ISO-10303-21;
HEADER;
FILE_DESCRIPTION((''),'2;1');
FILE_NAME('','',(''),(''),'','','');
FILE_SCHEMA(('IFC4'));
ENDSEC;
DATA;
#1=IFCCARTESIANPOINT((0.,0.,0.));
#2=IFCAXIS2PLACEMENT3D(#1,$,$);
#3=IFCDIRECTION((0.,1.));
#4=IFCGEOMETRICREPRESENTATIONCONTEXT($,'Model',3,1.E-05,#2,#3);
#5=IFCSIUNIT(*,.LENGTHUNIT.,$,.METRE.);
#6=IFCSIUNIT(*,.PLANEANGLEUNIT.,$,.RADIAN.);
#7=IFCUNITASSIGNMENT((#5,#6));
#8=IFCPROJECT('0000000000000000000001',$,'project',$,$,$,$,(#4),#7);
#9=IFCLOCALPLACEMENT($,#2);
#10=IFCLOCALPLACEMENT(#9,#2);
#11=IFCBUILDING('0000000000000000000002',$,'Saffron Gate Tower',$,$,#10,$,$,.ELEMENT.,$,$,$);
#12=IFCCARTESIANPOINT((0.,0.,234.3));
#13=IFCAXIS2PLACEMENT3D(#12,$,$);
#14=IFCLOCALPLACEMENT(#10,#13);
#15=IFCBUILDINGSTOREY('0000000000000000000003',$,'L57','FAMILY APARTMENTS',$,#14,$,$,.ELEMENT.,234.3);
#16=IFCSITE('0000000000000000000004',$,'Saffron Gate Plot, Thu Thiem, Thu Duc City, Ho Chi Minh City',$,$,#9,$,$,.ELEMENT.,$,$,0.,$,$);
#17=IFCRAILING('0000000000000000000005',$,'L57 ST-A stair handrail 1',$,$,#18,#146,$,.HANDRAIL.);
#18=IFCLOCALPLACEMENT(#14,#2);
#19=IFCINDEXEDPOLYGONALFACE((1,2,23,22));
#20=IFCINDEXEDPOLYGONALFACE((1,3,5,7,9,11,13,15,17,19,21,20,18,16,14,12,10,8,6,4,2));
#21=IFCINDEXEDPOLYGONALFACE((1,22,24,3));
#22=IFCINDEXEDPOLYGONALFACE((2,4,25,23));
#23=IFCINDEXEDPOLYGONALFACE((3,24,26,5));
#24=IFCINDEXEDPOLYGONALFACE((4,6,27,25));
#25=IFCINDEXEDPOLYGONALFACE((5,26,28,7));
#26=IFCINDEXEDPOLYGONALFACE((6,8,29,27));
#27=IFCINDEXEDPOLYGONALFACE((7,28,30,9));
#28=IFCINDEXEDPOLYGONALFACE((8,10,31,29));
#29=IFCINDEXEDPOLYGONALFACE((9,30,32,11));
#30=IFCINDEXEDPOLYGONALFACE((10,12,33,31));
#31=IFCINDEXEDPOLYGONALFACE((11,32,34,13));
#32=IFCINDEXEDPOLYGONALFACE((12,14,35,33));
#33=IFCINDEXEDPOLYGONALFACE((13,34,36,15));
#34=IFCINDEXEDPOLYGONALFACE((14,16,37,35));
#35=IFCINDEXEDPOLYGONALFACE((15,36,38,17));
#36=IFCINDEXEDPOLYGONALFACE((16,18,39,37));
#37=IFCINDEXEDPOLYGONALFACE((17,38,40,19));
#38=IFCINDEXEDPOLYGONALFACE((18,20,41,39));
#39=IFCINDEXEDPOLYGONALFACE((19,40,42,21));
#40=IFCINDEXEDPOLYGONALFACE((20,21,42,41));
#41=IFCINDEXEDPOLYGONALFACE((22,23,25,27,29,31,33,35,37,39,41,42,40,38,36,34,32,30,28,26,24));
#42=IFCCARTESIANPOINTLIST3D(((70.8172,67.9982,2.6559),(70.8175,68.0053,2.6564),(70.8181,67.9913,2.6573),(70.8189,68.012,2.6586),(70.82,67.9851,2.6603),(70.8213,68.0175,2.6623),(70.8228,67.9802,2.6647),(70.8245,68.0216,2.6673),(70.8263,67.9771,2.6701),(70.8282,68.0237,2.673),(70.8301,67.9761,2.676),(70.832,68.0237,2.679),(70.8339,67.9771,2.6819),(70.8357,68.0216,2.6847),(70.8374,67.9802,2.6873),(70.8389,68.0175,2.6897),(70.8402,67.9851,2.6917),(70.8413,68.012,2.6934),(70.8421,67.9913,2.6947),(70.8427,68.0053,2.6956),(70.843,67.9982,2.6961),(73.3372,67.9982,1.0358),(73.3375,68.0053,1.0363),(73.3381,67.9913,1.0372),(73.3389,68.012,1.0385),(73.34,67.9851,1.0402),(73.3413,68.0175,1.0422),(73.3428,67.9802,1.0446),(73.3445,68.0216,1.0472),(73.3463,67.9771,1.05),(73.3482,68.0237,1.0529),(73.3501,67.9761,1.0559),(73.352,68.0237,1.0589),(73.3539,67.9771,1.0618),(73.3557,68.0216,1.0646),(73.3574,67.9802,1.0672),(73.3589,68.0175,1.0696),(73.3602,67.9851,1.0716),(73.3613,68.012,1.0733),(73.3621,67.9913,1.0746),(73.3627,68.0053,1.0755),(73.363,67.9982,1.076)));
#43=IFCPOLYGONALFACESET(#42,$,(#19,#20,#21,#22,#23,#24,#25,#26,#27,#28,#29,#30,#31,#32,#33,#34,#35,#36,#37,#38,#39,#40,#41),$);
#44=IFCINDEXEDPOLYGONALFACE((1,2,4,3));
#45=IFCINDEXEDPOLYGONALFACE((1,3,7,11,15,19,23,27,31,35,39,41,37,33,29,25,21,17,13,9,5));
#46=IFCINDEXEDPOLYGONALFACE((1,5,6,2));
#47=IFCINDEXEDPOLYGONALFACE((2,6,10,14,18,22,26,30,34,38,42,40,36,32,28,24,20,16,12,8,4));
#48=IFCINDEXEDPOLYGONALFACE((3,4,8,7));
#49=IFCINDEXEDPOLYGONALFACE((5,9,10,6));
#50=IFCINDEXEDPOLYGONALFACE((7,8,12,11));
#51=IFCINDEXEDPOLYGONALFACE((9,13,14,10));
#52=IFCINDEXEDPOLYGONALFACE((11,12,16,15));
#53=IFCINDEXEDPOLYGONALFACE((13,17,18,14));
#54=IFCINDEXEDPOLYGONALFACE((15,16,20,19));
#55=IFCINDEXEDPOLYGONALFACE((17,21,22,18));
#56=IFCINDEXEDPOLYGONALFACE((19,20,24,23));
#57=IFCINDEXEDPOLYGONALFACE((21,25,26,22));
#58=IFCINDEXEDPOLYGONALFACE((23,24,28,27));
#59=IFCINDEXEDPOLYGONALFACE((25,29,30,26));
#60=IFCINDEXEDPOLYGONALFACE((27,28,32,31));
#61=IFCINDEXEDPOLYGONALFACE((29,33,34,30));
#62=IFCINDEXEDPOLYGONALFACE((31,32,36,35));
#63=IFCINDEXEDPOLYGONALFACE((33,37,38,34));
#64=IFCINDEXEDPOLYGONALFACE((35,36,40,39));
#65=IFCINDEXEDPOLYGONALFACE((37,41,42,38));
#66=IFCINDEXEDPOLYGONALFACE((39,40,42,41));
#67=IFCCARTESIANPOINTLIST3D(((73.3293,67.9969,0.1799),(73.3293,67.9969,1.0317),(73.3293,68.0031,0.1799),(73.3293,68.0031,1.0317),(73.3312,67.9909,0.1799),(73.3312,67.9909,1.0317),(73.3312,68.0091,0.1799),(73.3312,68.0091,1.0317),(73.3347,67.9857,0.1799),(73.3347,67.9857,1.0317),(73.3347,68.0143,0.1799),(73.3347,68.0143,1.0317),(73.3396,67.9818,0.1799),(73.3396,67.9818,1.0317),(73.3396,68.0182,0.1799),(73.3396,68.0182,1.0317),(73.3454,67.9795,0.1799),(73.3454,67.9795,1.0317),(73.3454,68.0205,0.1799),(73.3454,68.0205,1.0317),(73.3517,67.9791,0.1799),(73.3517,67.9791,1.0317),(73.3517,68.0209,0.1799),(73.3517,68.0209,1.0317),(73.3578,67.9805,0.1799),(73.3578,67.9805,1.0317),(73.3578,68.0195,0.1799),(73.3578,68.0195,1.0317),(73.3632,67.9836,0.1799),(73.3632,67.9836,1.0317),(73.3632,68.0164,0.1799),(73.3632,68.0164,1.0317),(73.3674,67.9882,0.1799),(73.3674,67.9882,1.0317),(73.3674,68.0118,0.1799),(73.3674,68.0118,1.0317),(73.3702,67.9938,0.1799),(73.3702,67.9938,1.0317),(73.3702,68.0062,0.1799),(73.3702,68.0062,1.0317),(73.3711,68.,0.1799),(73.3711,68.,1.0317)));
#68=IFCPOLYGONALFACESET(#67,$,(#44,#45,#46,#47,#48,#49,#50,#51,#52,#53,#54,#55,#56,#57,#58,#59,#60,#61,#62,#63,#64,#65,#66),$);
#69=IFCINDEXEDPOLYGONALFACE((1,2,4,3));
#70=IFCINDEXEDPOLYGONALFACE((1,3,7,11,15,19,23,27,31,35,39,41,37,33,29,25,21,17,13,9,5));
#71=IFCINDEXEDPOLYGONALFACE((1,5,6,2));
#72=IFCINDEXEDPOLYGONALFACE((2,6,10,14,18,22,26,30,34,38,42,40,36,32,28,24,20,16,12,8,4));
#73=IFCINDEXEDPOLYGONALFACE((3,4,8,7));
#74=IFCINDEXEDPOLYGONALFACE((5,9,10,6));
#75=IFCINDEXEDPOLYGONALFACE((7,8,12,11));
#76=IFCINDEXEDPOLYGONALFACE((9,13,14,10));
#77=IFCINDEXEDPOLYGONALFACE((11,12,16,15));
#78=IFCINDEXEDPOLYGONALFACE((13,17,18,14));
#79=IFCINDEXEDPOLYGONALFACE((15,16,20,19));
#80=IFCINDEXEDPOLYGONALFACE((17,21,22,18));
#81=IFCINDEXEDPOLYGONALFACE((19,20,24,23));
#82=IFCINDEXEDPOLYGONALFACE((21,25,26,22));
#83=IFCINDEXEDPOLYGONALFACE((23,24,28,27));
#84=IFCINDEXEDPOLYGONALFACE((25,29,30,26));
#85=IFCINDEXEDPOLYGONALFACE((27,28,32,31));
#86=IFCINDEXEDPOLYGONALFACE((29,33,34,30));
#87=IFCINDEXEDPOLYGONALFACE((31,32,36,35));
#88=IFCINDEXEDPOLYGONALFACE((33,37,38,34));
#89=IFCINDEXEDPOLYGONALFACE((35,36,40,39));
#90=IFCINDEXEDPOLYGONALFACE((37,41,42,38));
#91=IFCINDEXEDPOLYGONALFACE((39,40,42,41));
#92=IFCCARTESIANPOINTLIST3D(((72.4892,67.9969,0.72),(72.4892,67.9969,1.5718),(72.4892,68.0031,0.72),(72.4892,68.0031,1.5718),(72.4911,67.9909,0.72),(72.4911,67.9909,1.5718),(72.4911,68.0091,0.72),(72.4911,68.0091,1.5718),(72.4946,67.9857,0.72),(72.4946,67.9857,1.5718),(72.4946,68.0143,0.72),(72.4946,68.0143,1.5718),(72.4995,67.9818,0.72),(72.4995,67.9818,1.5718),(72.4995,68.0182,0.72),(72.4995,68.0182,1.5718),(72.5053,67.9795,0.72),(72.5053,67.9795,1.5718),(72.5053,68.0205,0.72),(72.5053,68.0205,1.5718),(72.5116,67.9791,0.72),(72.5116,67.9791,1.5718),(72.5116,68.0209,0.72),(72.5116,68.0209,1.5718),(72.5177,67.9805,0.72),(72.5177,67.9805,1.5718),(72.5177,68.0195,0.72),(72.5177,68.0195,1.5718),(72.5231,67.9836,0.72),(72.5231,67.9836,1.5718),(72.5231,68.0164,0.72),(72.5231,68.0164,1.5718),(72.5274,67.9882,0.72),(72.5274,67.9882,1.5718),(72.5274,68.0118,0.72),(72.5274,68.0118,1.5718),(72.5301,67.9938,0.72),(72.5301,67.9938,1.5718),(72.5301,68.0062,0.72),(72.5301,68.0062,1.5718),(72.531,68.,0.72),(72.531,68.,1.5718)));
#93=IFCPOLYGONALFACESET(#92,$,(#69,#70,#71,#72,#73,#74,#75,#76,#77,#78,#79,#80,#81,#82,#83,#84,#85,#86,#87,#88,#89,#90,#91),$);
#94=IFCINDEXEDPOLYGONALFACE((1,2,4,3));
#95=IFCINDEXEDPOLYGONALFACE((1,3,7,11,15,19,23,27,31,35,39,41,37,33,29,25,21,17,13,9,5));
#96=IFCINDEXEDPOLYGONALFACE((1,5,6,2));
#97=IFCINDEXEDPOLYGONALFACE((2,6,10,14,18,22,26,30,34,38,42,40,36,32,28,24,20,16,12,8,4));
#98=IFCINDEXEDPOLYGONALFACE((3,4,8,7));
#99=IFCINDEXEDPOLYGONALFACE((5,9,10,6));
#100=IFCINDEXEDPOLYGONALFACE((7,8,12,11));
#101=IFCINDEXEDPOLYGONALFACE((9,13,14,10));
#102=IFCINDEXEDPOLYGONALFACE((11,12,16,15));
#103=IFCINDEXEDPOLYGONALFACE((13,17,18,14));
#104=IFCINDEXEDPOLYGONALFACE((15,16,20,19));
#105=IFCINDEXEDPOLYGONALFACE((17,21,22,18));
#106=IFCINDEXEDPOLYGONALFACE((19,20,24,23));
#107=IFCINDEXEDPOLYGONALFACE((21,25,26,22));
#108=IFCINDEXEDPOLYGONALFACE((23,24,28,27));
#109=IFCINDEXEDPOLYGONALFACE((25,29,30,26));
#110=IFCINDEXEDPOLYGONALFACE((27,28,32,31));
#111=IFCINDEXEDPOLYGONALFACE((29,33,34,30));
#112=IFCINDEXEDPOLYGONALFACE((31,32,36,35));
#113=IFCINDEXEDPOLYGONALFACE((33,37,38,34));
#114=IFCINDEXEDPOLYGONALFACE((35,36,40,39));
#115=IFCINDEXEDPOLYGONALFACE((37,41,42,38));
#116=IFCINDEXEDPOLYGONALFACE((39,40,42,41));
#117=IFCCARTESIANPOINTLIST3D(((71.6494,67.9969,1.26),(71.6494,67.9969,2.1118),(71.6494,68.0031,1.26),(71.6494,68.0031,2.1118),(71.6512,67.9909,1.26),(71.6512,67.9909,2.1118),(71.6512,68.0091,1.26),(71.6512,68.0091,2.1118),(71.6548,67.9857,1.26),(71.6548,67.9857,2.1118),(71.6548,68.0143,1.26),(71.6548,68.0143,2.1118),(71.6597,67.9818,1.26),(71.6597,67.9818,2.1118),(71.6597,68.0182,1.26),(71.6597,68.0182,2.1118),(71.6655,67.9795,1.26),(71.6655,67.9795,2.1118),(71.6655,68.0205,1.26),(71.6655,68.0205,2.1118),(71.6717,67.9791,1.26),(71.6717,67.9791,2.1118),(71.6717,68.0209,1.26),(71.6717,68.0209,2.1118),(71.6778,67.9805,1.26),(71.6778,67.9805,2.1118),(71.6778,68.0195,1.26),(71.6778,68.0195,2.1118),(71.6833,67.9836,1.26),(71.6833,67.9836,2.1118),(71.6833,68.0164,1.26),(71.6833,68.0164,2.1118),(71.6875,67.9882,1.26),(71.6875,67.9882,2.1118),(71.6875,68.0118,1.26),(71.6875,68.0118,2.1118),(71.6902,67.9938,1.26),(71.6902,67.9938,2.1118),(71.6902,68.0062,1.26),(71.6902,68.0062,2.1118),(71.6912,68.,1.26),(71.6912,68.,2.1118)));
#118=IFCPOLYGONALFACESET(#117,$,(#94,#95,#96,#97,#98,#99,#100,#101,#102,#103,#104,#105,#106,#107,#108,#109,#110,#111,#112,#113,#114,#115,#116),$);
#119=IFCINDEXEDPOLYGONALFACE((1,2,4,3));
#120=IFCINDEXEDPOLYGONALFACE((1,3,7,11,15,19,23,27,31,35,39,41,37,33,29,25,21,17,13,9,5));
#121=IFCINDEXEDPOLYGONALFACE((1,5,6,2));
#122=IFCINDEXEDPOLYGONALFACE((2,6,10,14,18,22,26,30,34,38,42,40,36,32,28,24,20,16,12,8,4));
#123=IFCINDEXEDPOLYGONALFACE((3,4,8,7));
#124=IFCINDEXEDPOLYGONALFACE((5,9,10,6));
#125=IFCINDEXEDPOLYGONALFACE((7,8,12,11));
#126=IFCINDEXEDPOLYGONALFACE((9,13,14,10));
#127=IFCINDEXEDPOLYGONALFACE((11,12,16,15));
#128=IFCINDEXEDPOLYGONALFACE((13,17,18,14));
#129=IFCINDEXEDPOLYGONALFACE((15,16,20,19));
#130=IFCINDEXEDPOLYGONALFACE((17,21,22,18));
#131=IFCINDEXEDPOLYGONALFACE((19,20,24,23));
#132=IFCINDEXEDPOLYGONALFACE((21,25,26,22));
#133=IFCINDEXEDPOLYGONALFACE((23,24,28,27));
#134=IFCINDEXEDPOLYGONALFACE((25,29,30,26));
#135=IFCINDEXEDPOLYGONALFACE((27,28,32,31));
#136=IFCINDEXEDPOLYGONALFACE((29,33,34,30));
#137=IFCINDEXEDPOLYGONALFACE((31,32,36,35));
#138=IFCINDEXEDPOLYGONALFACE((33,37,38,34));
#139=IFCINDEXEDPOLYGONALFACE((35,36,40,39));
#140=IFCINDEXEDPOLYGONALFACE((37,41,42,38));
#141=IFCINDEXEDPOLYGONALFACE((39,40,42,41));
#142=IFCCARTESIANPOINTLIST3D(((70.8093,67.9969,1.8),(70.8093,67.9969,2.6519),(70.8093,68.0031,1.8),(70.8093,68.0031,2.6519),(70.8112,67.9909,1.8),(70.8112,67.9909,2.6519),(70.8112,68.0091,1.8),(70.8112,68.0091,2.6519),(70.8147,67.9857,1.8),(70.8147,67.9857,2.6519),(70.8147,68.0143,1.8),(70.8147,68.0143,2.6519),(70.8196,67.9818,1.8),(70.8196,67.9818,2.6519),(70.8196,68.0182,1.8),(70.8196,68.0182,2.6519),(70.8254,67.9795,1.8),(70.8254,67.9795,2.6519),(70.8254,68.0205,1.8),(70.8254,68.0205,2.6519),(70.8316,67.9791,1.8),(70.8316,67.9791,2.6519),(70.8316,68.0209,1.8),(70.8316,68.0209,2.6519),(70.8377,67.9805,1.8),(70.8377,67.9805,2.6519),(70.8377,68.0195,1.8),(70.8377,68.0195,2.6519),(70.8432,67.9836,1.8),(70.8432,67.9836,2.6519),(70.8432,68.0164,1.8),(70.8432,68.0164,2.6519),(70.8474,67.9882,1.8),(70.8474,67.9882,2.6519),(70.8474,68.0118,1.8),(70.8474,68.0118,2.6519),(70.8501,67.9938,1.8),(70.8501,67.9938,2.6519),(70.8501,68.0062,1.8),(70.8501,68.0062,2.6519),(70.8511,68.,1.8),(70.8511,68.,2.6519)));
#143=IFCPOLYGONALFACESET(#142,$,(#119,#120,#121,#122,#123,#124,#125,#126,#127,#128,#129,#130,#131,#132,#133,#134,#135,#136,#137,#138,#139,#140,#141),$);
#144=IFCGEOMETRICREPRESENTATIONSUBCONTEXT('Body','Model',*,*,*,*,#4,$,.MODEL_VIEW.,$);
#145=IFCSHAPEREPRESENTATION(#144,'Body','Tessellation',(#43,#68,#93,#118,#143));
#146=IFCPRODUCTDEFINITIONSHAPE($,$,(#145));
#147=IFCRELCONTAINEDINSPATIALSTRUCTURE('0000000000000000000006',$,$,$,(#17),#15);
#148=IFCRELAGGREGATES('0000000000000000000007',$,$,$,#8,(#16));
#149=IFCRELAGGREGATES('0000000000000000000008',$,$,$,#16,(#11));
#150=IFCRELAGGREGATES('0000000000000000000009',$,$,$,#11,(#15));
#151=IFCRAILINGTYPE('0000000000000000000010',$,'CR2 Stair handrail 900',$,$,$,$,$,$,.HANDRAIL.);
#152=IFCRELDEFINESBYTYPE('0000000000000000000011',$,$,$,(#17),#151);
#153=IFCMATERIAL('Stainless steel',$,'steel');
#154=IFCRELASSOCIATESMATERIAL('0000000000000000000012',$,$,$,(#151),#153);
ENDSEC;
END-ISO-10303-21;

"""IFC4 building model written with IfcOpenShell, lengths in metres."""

from ifc_helpers import new_model, si_unit, direction, frame, origin, origin_2d, place, context, subcontext, project, spatial, circle, extrude, material, type_object, element, save


model = new_model("IFC4")

# Units and contexts
model_context = context("Model", 3, precision=1e-05, world=origin(), true_north=direction((0.0, 1.0)))
body_context = subcontext(model_context, "Body", "Model", "MODEL_VIEW")
ifc_project = project(units=[si_unit("LENGTHUNIT", "METRE"), si_unit("PLANEANGLEUNIT", "RADIAN")], contexts=[model_context])

# Site, building, storey
site_placement = place(None, origin())
site = spatial("IfcSite", under=ifc_project, at=site_placement, Name="Saffron Gate Plot, Thu Thiem, Thu Duc City, Ho Chi Minh City", CompositionType="ELEMENT", RefElevation=0.0)
building_placement = place(site_placement, origin())
building = spatial("IfcBuilding", under=site, at=building_placement, Name="Saffron Gate Tower", CompositionType="ELEMENT")
storey_placement = place(building_placement, frame((0.0, 0.0, 234.3)))
storey = spatial("IfcBuildingStorey", under=building, at=storey_placement, Name="L57", Description="FAMILY APARTMENTS", CompositionType="ELEMENT", Elevation=234.3)

# Railing
ifc_material_1 = material(Name="Stainless steel", Category="steel")
railing_type_1 = type_object("IfcRailingType", Name="CR2 Stair handrail 900", PredefinedType="HANDRAIL", material=ifc_material_1)
railing_1_placement = place(storey_placement, frame((73.3501, 68.0, 0.1799)))
element("IfcRailing", 1, at=railing_1_placement, inside=storey, type_object=railing_type_1, Name="L57 ST-A stair handrail 1", PredefinedType="HANDRAIL", context=body_context, shape_type="SweptSolid", body=[
    extrude(circle(Radius=0.0239, at=origin_2d()), frame((0.0, 0.0, 0.876), z_axis=(-0.841163, 0.0, 0.540782), x_axis=(0.0, -1.0, 0.0)), (0.0, 0.0, 1.0), 2.9958),
    extrude(circle(Radius=0.021, at=origin_2d()), origin(), (0.0, 0.0, 1.0), 0.8518),
    extrude(circle(Radius=0.021, at=origin_2d()), frame((-0.8401, 0.0, 0.54)), (0.0, 0.0, 1.0), 0.8518),
    extrude(circle(Radius=0.021, at=origin_2d()), frame((-1.6799, 0.0, 1.0801)), (0.0, 0.0, 1.0), 0.8518),
    extrude(circle(Radius=0.021, at=origin_2d()), frame((-2.52, 0.0, 1.6201)), (0.0, 0.0, 1.0), 0.8518),
])

save(model, "model.ifc")
